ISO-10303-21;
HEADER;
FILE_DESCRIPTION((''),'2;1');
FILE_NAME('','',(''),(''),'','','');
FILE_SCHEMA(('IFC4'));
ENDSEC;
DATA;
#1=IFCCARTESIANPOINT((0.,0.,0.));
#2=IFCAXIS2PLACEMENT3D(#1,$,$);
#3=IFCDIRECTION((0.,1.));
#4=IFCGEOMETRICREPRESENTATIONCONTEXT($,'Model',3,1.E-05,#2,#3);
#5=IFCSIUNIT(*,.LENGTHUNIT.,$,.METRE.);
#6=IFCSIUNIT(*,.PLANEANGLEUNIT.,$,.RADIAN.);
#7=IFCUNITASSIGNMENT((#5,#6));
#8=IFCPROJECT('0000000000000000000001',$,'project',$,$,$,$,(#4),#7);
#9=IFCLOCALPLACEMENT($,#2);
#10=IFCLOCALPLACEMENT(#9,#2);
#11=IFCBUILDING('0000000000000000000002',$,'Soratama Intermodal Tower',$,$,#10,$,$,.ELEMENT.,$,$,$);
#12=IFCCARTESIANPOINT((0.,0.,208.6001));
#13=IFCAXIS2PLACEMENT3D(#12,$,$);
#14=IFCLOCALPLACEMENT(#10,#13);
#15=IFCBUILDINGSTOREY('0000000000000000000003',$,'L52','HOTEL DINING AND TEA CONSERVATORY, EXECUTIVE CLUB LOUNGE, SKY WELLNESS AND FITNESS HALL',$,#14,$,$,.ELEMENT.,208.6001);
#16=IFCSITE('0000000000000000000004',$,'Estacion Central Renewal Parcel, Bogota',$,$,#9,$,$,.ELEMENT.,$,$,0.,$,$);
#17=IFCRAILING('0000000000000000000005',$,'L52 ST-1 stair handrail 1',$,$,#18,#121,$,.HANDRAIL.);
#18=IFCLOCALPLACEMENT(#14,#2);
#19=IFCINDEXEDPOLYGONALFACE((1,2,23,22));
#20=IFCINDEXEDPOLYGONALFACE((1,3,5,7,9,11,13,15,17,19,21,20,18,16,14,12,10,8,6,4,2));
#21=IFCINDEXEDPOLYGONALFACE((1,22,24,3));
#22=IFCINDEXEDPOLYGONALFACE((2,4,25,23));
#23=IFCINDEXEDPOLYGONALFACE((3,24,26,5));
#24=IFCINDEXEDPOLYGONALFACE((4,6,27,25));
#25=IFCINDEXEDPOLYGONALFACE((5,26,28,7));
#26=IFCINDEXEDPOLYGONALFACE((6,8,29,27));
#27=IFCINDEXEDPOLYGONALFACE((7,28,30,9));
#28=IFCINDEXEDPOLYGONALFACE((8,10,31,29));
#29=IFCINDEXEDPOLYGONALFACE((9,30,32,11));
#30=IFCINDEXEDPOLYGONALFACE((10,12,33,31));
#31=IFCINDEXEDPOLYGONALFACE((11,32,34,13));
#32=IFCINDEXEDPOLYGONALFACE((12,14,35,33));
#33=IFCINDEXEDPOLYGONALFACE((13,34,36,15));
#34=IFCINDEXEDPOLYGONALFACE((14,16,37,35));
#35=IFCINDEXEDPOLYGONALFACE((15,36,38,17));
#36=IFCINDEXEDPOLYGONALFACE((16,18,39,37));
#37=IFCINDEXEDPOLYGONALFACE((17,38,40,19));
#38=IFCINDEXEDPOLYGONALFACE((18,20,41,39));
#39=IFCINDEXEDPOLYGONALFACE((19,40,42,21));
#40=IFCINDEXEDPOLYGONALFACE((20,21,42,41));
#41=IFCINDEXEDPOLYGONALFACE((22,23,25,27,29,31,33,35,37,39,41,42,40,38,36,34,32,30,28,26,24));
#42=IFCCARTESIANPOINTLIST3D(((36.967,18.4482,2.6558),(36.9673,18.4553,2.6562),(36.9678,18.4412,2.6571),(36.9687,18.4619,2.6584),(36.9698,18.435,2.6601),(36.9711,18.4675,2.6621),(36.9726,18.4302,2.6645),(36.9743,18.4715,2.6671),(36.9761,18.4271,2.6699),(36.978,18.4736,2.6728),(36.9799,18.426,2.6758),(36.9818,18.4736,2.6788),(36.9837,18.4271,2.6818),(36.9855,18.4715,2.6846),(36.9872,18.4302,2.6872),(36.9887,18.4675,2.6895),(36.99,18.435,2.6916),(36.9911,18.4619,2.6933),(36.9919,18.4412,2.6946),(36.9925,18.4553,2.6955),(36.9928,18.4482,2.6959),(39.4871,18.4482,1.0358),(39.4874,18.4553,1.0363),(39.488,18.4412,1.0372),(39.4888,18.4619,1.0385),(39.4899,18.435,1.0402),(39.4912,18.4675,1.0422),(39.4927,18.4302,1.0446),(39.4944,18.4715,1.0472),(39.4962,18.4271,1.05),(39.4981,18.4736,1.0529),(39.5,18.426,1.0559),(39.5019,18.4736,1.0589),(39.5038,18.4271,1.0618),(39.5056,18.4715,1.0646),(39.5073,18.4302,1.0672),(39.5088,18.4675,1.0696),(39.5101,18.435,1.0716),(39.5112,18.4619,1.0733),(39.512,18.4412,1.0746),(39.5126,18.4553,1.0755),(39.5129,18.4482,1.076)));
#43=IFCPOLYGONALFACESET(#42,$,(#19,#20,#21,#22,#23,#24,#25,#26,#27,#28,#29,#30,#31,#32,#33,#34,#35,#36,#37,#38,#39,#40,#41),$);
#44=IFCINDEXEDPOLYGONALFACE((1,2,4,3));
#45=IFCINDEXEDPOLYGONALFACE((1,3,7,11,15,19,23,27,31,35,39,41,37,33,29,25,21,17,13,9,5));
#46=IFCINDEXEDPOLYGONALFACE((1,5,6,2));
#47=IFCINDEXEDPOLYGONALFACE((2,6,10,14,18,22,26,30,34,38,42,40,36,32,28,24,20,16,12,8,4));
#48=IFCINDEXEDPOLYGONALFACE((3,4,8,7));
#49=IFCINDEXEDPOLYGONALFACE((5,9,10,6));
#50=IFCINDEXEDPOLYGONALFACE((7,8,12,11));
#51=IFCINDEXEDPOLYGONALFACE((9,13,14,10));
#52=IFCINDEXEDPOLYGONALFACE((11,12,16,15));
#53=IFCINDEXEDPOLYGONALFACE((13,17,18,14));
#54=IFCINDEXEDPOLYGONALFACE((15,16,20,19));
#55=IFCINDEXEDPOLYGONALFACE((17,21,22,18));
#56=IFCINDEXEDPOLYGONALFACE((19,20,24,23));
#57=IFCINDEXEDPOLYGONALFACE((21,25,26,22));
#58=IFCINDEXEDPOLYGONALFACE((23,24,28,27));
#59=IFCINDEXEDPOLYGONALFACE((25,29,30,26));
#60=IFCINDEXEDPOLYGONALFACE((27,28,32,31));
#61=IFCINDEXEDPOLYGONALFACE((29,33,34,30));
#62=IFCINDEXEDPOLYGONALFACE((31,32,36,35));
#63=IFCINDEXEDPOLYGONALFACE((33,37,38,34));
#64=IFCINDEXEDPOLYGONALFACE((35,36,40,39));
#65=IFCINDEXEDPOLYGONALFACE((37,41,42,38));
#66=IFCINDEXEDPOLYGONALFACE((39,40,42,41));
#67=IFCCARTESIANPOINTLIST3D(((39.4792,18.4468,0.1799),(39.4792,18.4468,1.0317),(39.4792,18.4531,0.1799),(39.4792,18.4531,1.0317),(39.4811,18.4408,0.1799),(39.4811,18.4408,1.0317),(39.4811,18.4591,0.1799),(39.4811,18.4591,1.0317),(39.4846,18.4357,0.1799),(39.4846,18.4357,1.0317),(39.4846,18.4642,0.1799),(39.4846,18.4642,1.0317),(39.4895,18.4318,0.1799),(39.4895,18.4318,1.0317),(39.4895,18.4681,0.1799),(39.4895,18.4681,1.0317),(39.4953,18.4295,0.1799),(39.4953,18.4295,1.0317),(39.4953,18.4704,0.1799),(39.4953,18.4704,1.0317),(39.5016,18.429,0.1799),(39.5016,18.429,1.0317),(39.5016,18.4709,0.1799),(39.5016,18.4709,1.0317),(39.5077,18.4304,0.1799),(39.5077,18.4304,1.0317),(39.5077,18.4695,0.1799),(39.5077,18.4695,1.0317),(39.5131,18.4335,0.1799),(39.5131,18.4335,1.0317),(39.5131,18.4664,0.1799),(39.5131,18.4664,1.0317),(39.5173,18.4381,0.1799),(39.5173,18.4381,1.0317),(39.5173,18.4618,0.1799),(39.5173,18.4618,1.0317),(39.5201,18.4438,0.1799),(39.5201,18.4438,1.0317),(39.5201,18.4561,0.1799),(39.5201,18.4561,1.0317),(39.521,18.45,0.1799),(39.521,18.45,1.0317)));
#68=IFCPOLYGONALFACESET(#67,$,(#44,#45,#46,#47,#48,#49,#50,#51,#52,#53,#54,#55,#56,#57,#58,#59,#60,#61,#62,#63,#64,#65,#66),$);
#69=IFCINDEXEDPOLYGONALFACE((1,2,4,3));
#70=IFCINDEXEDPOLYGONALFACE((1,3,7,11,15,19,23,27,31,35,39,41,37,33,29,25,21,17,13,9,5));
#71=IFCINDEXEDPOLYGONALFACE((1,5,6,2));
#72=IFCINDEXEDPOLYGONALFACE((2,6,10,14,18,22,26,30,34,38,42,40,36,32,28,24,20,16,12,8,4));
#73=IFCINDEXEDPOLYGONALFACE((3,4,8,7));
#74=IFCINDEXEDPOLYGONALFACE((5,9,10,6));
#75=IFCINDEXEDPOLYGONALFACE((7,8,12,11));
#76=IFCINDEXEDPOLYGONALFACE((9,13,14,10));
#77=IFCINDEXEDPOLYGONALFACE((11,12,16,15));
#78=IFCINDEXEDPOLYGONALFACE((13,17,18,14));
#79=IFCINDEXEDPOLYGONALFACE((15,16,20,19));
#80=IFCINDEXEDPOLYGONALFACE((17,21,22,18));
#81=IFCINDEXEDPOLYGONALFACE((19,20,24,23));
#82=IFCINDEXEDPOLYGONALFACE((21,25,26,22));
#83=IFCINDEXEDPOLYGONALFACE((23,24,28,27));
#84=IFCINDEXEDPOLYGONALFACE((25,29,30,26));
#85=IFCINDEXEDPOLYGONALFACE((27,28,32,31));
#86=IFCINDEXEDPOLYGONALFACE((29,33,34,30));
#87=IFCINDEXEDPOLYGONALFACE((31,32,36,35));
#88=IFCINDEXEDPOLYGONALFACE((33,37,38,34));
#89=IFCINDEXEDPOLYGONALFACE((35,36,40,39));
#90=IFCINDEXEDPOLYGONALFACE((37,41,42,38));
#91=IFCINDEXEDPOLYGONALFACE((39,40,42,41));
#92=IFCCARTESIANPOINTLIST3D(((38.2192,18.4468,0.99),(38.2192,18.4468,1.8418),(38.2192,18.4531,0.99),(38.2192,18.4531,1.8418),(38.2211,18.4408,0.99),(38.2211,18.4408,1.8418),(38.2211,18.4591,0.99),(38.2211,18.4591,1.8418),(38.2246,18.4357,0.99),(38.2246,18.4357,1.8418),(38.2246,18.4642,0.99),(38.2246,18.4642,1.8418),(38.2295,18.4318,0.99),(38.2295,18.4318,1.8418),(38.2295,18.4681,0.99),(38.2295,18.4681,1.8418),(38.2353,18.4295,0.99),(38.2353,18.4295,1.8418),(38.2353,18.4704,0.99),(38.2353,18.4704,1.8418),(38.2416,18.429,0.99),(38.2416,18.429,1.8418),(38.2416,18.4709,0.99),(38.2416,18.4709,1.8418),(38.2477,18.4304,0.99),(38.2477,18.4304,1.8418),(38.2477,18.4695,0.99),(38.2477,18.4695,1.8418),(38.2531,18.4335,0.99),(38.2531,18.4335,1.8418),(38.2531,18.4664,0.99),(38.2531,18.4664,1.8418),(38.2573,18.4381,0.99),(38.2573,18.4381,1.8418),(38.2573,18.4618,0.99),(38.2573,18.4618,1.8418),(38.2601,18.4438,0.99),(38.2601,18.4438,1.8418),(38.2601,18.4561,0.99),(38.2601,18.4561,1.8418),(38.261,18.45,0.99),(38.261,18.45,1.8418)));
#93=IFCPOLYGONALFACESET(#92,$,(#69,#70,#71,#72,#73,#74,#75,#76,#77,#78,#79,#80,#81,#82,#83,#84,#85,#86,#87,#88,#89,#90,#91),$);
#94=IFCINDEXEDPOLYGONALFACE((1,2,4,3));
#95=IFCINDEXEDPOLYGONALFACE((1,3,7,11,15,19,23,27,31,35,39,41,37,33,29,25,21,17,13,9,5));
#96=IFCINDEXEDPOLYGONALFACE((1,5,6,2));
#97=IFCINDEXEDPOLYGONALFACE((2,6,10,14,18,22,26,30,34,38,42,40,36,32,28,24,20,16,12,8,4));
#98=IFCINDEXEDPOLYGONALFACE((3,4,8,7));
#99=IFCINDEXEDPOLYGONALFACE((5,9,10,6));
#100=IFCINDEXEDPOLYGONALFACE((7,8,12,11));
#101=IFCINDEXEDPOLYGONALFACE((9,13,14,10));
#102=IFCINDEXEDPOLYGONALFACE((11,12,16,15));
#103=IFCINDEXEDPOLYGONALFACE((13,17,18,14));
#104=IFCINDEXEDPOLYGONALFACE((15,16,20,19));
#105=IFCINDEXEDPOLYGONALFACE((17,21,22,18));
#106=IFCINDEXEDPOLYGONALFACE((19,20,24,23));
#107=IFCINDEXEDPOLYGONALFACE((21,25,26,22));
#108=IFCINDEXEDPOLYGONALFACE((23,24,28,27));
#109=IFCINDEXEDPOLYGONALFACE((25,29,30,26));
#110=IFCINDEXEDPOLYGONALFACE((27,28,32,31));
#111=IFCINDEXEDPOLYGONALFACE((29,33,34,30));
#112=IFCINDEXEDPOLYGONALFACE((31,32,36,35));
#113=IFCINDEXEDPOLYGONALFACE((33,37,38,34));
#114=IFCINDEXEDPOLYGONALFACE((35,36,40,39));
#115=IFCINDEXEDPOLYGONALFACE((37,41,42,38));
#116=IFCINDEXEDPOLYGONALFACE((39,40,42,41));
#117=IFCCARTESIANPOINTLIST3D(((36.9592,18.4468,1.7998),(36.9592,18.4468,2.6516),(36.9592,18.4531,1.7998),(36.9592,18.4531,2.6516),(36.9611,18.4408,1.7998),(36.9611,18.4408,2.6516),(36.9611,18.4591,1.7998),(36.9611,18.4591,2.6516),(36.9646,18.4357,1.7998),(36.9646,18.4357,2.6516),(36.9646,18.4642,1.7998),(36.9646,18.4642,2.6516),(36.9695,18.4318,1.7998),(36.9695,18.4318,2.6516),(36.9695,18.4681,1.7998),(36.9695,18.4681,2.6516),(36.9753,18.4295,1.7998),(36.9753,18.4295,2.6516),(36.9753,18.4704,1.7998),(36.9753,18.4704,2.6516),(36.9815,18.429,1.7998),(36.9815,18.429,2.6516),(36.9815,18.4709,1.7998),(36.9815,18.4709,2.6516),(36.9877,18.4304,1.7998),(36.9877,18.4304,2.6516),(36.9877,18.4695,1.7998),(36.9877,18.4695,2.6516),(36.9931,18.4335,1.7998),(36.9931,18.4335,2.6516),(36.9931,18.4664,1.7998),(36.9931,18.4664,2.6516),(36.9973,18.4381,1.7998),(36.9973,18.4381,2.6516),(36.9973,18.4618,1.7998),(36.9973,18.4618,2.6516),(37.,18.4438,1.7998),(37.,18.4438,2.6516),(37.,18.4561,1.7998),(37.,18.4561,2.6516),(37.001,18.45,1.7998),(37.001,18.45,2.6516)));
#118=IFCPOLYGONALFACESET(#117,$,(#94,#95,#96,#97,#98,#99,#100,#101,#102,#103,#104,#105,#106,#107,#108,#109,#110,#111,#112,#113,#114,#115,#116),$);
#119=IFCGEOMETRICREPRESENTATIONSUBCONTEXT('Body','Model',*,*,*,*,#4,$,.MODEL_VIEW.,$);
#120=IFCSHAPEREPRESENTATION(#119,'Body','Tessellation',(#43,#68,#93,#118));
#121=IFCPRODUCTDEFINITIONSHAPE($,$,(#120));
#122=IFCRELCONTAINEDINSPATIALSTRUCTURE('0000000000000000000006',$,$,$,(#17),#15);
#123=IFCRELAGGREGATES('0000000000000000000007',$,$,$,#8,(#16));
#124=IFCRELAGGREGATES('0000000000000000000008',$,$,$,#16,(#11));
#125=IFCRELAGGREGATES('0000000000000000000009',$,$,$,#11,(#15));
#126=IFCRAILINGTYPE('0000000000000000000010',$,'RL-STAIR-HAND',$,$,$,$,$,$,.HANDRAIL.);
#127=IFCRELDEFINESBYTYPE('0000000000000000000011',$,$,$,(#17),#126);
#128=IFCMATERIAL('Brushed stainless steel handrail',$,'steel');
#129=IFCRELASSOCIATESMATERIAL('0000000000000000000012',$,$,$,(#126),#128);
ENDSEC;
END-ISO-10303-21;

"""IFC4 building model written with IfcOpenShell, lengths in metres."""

from ifc_helpers import new_model, si_unit, direction, frame, origin, origin_2d, place, context, subcontext, project, spatial, circle, extrude, material, type_object, element, save


model = new_model("IFC4")

# Units and contexts
model_context = context("Model", 3, precision=1e-05, world=origin(), true_north=direction((0.0, 1.0)))
body_context = subcontext(model_context, "Body", "Model", "MODEL_VIEW")
ifc_project = project(units=[si_unit("LENGTHUNIT", "METRE"), si_unit("PLANEANGLEUNIT", "RADIAN")], contexts=[model_context])

# Site, building, storey
site_placement = place(None, origin())
site = spatial("IfcSite", under=ifc_project, at=site_placement, Name="Estacion Central Renewal Parcel, Bogota", CompositionType="ELEMENT", RefElevation=0.0)
building_placement = place(site_placement, origin())
building = spatial("IfcBuilding", under=site, at=building_placement, Name="Soratama Intermodal Tower", CompositionType="ELEMENT")
storey_placement = place(building_placement, frame((0.0, 0.0, 208.6001)))
storey = spatial("IfcBuildingStorey", under=building, at=storey_placement, Name="L52", Description="HOTEL DINING AND TEA CONSERVATORY, EXECUTIVE CLUB LOUNGE, SKY WELLNESS AND FITNESS HALL", CompositionType="ELEMENT", Elevation=208.6001)

# Railing
ifc_material_1 = material(Name="Brushed stainless steel handrail", Category="steel")
railing_type_1 = type_object("IfcRailingType", Name="RL-STAIR-HAND", PredefinedType="HANDRAIL", material=ifc_material_1)
railing_1_placement = place(storey_placement, frame((39.5, 18.45, 0.1799)))
element("IfcRailing", 1, at=railing_1_placement, inside=storey, type_object=railing_type_1, Name="L52 ST-1 stair handrail 1", PredefinedType="HANDRAIL", context=body_context, shape_type="SweptSolid", body=[
    extrude(circle(Radius=0.0239, at=origin_2d()), frame((0.0, 0.0, 0.876), z_axis=(-0.8412, 0.0, 0.540725), x_axis=(0.0, -1.0, 0.0)), (0.0, 0.0, 1.0), 2.9958),
    extrude(circle(Radius=0.021, at=origin_2d()), origin(), (0.0, 0.0, 1.0), 0.8518),
    extrude(circle(Radius=0.021, at=origin_2d()), frame((-1.26, 0.0, 0.8101)), (0.0, 0.0, 1.0), 0.8518),
    extrude(circle(Radius=0.021, at=origin_2d()), frame((-2.52, 0.0, 1.6199)), (0.0, 0.0, 1.0), 0.8518),
])

save(model, "model.ifc")
